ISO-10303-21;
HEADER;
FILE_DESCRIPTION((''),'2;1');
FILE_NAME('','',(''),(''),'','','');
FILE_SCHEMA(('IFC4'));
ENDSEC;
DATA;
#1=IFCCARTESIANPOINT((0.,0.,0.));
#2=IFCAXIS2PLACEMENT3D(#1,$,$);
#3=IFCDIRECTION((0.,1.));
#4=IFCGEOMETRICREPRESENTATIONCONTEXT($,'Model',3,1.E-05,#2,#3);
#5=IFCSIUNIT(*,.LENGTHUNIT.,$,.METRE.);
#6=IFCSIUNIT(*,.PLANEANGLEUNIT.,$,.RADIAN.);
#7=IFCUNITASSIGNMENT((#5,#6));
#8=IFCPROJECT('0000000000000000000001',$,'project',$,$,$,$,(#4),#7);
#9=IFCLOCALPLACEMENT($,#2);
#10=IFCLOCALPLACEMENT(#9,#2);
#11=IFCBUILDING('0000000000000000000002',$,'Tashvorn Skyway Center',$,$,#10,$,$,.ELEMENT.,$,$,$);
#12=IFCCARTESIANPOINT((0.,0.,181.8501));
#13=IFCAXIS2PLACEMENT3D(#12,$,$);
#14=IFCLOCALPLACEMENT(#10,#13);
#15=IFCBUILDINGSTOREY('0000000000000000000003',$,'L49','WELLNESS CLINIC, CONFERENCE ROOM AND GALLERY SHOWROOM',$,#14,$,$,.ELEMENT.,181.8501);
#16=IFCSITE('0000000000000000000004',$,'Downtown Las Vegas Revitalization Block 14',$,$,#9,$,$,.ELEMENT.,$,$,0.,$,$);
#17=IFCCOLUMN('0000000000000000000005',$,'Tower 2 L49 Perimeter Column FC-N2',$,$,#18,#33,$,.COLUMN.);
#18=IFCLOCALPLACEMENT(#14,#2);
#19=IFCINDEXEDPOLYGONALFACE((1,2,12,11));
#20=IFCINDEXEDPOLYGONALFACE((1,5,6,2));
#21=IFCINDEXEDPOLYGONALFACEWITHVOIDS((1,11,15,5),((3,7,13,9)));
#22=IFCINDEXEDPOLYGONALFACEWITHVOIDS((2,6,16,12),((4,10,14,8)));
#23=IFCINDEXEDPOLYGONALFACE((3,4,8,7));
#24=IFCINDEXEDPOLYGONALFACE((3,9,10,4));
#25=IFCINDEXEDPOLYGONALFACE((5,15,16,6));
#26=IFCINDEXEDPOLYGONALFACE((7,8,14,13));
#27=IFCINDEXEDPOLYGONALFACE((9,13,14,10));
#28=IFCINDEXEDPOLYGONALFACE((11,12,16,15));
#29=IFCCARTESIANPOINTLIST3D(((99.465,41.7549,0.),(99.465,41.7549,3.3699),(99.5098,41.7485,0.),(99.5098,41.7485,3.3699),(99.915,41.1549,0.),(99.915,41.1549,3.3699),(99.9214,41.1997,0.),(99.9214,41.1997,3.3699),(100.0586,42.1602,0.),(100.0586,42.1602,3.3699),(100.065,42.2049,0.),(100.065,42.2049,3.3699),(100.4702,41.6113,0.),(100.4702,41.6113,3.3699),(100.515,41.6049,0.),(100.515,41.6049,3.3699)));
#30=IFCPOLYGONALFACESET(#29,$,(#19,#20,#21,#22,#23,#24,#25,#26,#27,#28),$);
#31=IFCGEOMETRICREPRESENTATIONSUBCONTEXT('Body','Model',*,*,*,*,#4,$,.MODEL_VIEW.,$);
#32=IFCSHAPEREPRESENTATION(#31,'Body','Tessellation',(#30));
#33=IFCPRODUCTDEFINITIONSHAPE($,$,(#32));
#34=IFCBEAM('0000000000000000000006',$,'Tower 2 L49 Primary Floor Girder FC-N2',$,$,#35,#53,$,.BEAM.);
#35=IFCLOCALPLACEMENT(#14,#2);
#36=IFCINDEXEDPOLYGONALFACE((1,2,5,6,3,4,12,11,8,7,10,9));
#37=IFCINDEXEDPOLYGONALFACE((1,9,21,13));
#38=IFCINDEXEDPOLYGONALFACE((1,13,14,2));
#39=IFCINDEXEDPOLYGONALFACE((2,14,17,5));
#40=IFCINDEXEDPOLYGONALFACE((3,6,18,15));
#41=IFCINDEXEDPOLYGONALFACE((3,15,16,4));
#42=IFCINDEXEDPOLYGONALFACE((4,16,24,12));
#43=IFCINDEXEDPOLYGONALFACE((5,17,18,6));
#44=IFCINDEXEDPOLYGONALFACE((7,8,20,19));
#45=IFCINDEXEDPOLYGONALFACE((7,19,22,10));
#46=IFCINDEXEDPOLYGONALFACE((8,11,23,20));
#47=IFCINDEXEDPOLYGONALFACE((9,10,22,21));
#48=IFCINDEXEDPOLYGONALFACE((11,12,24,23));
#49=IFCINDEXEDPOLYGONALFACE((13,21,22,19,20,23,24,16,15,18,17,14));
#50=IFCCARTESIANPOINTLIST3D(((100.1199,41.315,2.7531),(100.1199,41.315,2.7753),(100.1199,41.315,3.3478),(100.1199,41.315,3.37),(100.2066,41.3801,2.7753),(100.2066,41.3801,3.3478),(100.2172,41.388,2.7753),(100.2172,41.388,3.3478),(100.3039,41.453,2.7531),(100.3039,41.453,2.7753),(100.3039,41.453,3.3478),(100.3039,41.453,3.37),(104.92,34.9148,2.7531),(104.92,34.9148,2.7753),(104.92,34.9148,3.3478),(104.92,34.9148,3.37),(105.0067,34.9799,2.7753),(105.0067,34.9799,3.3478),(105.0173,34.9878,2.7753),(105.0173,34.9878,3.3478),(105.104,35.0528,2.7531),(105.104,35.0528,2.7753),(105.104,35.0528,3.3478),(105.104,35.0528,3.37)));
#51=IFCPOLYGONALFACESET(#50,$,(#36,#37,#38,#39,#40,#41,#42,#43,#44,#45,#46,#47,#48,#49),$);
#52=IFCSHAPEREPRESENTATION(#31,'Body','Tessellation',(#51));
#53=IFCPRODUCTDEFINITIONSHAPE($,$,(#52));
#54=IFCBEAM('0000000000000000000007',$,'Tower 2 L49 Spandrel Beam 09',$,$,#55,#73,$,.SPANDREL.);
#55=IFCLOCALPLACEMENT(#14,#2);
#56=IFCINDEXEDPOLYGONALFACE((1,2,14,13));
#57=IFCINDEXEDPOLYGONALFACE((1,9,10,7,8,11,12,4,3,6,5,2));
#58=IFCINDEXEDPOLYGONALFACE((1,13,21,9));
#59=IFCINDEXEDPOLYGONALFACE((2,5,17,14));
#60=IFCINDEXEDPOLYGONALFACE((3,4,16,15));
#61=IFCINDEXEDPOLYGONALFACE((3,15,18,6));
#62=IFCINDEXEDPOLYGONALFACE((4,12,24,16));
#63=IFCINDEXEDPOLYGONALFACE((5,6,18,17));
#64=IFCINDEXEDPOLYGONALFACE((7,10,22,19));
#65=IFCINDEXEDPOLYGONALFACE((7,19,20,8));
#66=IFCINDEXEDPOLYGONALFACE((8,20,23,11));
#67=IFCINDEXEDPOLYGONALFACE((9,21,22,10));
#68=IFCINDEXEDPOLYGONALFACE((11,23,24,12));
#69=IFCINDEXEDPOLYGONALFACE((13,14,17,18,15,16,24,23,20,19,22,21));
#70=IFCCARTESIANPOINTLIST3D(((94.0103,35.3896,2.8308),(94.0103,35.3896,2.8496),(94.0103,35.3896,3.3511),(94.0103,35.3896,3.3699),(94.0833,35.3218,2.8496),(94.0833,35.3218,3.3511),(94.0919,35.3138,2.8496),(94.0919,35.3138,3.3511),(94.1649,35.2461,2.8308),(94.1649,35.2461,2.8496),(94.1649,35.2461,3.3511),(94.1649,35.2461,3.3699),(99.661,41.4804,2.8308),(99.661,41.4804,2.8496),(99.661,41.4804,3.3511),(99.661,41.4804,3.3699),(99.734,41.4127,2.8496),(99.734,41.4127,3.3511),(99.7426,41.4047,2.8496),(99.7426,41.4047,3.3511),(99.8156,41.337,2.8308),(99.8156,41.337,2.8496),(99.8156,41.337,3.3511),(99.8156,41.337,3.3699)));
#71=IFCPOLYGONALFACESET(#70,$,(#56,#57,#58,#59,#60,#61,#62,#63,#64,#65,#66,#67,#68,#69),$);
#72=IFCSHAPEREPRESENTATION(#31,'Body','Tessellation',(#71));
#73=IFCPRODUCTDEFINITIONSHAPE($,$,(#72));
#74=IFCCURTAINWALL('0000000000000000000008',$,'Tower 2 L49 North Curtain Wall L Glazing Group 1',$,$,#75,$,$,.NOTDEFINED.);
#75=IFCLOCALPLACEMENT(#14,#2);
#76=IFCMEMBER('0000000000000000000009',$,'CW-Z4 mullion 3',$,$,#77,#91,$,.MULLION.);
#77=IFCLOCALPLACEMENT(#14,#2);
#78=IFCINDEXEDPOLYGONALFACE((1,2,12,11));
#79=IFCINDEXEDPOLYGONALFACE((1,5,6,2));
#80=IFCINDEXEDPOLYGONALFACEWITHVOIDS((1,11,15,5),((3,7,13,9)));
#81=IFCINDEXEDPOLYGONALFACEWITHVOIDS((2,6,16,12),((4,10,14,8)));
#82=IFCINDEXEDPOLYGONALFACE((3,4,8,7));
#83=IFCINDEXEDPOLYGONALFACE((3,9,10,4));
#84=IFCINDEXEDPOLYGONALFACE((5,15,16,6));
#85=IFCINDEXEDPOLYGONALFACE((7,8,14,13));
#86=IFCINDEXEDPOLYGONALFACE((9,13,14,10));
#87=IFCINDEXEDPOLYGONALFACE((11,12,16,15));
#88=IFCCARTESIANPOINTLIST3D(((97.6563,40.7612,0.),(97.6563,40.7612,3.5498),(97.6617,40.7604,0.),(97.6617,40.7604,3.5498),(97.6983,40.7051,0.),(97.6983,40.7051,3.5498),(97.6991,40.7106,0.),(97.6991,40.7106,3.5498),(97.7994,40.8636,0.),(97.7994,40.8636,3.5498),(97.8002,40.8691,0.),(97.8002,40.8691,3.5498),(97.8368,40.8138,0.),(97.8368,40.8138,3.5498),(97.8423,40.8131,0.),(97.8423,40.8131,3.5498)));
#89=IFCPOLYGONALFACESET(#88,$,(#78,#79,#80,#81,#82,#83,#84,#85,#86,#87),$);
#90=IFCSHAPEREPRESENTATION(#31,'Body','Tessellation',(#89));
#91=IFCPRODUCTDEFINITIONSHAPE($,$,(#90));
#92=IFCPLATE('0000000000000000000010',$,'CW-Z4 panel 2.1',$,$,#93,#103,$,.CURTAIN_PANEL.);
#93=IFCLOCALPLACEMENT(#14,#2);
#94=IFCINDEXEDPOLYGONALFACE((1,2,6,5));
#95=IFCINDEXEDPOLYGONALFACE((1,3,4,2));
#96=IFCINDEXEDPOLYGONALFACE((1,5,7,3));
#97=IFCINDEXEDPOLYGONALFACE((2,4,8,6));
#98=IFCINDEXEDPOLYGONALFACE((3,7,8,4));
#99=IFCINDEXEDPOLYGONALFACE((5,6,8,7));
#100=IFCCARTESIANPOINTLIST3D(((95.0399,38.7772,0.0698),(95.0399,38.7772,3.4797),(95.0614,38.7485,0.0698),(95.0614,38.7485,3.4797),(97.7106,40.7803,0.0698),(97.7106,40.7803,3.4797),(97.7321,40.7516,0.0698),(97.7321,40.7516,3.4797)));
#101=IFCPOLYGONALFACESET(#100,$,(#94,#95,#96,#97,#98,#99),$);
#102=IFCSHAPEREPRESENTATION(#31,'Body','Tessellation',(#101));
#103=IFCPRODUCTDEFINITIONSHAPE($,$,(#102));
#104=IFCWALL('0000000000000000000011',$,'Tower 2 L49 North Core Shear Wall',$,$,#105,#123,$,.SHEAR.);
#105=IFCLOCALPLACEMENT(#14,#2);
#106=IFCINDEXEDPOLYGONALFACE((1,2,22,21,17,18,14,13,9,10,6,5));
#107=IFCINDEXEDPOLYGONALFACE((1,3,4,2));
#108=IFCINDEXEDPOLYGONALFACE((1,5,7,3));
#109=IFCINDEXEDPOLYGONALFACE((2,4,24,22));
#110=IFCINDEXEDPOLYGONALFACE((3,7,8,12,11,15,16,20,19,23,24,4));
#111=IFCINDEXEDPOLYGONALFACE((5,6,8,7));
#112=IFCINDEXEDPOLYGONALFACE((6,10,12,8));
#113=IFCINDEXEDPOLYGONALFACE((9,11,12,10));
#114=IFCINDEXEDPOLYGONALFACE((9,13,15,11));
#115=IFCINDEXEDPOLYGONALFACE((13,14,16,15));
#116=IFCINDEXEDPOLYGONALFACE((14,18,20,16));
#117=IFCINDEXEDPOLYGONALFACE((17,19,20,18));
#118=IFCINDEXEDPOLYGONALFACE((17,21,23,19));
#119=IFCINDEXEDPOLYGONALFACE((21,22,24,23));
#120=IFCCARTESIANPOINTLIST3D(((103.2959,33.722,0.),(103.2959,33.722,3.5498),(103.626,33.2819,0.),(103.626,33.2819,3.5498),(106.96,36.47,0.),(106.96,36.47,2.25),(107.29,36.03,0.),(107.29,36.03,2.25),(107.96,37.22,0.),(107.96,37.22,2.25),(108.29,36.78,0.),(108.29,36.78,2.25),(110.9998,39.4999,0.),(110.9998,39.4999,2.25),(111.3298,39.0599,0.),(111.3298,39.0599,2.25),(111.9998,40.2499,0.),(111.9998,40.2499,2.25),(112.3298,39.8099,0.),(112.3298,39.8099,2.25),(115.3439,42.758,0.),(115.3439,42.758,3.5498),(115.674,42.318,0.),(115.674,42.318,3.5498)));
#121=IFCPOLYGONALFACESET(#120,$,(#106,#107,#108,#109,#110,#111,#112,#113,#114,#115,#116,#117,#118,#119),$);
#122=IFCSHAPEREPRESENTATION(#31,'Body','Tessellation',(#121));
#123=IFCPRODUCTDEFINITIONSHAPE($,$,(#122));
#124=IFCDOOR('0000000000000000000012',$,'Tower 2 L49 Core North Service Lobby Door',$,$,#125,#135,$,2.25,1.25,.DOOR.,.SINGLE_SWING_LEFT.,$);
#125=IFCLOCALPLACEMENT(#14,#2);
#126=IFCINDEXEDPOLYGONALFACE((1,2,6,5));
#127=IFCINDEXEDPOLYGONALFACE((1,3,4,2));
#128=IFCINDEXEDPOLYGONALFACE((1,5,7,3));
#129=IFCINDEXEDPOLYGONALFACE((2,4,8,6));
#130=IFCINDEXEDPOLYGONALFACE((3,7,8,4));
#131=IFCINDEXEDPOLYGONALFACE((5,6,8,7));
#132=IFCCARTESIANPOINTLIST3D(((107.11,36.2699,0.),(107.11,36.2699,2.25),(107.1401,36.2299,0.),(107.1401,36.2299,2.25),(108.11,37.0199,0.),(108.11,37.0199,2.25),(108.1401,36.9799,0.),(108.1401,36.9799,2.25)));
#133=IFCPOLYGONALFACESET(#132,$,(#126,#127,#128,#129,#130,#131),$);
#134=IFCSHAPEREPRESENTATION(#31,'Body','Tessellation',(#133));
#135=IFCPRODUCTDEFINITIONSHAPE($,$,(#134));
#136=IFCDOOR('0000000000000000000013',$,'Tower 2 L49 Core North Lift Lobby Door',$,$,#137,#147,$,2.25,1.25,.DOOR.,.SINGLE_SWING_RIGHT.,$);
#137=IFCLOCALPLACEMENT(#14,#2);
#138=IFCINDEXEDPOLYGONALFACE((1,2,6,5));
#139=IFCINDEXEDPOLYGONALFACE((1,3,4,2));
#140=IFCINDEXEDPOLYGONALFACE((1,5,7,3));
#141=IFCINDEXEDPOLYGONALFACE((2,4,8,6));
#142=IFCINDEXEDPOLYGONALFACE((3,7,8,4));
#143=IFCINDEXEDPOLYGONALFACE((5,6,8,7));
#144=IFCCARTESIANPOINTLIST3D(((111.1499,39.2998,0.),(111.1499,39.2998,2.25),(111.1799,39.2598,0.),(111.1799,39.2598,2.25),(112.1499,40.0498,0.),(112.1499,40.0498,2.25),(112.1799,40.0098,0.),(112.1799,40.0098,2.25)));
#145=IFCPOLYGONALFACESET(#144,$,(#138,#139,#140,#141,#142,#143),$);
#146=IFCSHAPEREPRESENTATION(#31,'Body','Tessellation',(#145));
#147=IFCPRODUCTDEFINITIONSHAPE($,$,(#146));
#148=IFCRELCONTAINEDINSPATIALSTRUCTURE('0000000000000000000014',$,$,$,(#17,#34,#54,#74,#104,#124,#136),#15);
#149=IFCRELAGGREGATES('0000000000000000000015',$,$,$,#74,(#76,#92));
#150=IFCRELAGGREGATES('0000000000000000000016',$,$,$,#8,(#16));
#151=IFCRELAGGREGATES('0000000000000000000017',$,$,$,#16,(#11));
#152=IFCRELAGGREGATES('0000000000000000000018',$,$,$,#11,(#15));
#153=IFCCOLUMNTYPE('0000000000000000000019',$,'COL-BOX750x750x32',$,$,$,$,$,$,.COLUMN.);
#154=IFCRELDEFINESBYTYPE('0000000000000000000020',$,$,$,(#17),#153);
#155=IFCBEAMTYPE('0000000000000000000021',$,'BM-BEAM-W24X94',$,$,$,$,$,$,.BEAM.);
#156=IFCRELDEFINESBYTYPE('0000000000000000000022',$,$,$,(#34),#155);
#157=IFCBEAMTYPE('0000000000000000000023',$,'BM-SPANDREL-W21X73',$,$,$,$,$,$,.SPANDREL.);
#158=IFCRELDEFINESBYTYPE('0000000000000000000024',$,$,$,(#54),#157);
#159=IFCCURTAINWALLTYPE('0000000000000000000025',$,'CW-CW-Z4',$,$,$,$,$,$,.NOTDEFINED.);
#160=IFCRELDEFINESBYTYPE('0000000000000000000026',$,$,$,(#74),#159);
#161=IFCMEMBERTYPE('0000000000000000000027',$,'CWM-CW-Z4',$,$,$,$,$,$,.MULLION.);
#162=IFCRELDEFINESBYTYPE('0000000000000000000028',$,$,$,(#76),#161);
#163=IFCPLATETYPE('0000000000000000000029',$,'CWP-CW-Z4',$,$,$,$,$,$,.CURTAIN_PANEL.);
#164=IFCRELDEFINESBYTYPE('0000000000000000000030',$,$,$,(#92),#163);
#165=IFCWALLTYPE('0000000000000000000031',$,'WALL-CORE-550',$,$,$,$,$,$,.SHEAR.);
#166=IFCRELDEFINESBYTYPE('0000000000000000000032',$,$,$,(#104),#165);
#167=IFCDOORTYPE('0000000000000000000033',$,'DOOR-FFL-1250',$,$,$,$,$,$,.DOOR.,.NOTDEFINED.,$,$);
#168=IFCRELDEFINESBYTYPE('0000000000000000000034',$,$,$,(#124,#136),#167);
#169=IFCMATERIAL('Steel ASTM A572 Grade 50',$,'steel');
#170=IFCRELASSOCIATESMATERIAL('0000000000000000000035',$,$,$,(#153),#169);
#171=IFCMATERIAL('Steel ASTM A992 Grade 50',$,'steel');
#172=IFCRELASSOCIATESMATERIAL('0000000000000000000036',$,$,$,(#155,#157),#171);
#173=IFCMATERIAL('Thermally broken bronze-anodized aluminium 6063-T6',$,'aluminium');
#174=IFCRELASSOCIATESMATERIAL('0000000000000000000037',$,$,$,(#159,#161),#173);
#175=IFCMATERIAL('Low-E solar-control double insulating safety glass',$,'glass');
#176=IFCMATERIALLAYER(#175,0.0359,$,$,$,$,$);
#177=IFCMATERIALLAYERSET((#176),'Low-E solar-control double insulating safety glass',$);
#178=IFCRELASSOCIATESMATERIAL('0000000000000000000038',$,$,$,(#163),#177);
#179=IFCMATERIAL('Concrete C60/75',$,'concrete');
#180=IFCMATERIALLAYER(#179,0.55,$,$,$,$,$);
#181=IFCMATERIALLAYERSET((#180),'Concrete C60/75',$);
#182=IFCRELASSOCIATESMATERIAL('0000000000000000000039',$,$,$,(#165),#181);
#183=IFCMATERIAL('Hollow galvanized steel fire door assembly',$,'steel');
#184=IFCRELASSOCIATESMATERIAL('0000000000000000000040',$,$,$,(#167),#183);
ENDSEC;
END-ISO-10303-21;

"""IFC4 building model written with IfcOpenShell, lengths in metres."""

from ifc_helpers import new_model, si_unit, direction, frame, frame_2d, origin, origin_2d, place, context, subcontext, project, spatial, rectangle, hollow_rectangle, i_section, extrude, material, layer, layer_set, material_profile, profile_set, type_object, element, fill, aggregate, save


model = new_model("IFC4")

# Units and contexts
model_context = context("Model", 3, precision=1e-05, world=origin(), true_north=direction((0.0, 1.0)))
body_context = subcontext(model_context, "Body", "Model", "MODEL_VIEW")
ifc_project = project(units=[si_unit("LENGTHUNIT", "METRE"), si_unit("PLANEANGLEUNIT", "RADIAN")], contexts=[model_context])

# Site, building, storey
site_placement = place(None, origin())
site = spatial("IfcSite", under=ifc_project, at=site_placement, Name="Downtown Las Vegas Revitalization Block 14", CompositionType="ELEMENT", RefElevation=0.0)
building_placement = place(site_placement, origin())
building = spatial("IfcBuilding", under=site, at=building_placement, Name="Tashvorn Skyway Center", CompositionType="ELEMENT")
storey_placement = place(building_placement, frame((0.0, 0.0, 181.8501)))
storey = spatial("IfcBuildingStorey", under=building, at=storey_placement, Name="L49", Description="WELLNESS CLINIC, CONFERENCE ROOM AND GALLERY SHOWROOM", CompositionType="ELEMENT", Elevation=181.8501)

# Column
ifc_material_1 = material(Name="Steel ASTM A572 Grade 50", Category="steel")
ifc_material_profile_1 = material_profile(ifc_material_1, hollow_rectangle(XDim=0.75, YDim=0.75, WallThickness=0.032, at=origin_2d()), Name="BOX750x750x32")
ifc_profile_set_1 = profile_set([ifc_material_profile_1], Name="Steel ASTM A572 Grade 50")
column_type = type_object("IfcColumnType", Name="COL-BOX750x750x32", PredefinedType="COLUMN", material=ifc_profile_set_1)
column_placement = place(storey_placement, frame((99.99, 41.6799, 0.0), z_axis=(0.0, 0.0, 1.0), x_axis=(0.8, 0.6, 0.0)))
element("IfcColumn", 1, at=column_placement, inside=storey, type_object=column_type, Name="Tower 2 L49 Perimeter Column FC-N2", PredefinedType="COLUMN", context=body_context, shape_type="SweptSolid", body=[
    extrude(hollow_rectangle(XDim=0.75, YDim=0.75, WallThickness=0.032, at=origin_2d()), origin(), (0.0, 0.0, 1.0), 3.3699),
])

# Beams
ifc_material_2 = material(Name="Steel ASTM A992 Grade 50", Category="steel")
ifc_material_profile_2 = material_profile(ifc_material_2, i_section(OverallWidth=0.23, OverallDepth=0.6169, WebThickness=0.0132, FlangeThickness=0.0222, at=origin_2d()), Name="W24X94")
ifc_profile_set_2 = profile_set([ifc_material_profile_2], Name="Steel ASTM A992 Grade 50")
beam_type_1 = type_object("IfcBeamType", Name="BM-BEAM-W24X94", PredefinedType="BEAM", material=ifc_profile_set_2)
beam_1_placement = place(storey_placement, frame((100.2119, 41.384, 3.0615), z_axis=(0.599995, -0.800004, 0.0), x_axis=(0.800004, 0.599995, 0.0)))
element("IfcBeam", 2, at=beam_1_placement, inside=storey, type_object=beam_type_1, Name="Tower 2 L49 Primary Floor Girder FC-N2", PredefinedType="BEAM", context=body_context, shape_type="SweptSolid", body=[
    extrude(i_section(OverallWidth=0.23, OverallDepth=0.6169, WebThickness=0.0132, FlangeThickness=0.0222, at=origin_2d()), origin(), (0.0, 0.0, 1.0), 8.0002),
])
ifc_material_profile_3 = material_profile(ifc_material_2, i_section(OverallWidth=0.2109, OverallDepth=0.5391, WebThickness=0.0117, FlangeThickness=0.0188, at=origin_2d()), Name="W21X73")
ifc_profile_set_3 = profile_set([ifc_material_profile_3], Name="Steel ASTM A992 Grade 50")
beam_type_2 = type_object("IfcBeamType", Name="BM-SPANDREL-W21X73", PredefinedType="SPANDREL", material=ifc_profile_set_3)
beam_2_placement = place(storey_placement, frame((99.7383, 41.4087, 3.1003), z_axis=(-0.68012, -0.733101, 0.0), x_axis=(0.733101, -0.68012, 0.0)))
element("IfcBeam", 3, at=beam_2_placement, inside=storey, type_object=beam_type_2, Name="Tower 2 L49 Spandrel Beam 09", PredefinedType="SPANDREL", context=body_context, shape_type="SweptSolid", body=[
    extrude(i_section(OverallWidth=0.2109, OverallDepth=0.5391, WebThickness=0.0117, FlangeThickness=0.0188, at=origin_2d()), origin(), (0.0, 0.0, 1.0), 8.3083),
])

# Curtain wall, member, plate
ifc_material_3 = material(Name="Thermally broken bronze-anodized aluminium 6063-T6", Category="aluminium")
curtain_wall_type = type_object("IfcCurtainWallType", Name="CW-CW-Z4", PredefinedType="NOTDEFINED", material=ifc_material_3)
curtain_wall_placement = place(storey_placement, origin())
curtain_wall = element("IfcCurtainWall", 4, at=curtain_wall_placement, inside=storey, type_object=curtain_wall_type, Name="Tower 2 L49 North Curtain Wall L Glazing Group 1", PredefinedType="NOTDEFINED")
ifc_material_profile_4 = material_profile(ifc_material_3, hollow_rectangle(XDim=0.0701, YDim=0.1799, WallThickness=0.0039, at=origin_2d()), Name="ALU-MULL-70x180")
ifc_profile_set_4 = profile_set([ifc_material_profile_4], Name="Thermally broken bronze-anodized aluminium 6063-T6")
member_type = type_object("IfcMemberType", Name="CWM-CW-Z4", PredefinedType="MULLION", material=ifc_profile_set_4)
member_placement = place(storey_placement, frame((97.7493, 40.7871, 0.0), z_axis=(0.0, 0.0, 1.0), x_axis=(-0.600002, 0.799998, 0.0)))
member = element("IfcMember", 5, at=member_placement, type_object=member_type, Name="CW-Z4 mullion 3", PredefinedType="MULLION", context=body_context, shape_type="SweptSolid", body=[
    extrude(hollow_rectangle(XDim=0.0701, YDim=0.1799, WallThickness=0.0039, at=origin_2d()), origin(), (0.0, 0.0, 1.0), 3.5498),
])
ifc_material_4 = material(Name="Low-E solar-control double insulating safety glass", Category="glass")
ifc_layer_1 = layer(ifc_material_4, 0.0359)
ifc_layer_set_1 = layer_set([ifc_layer_1], Name="Low-E solar-control double insulating safety glass")
plate_type = type_object("IfcPlateType", Name="CWP-CW-Z4", PredefinedType="CURTAIN_PANEL", material=ifc_layer_set_1)
plate_placement = place(storey_placement, frame((96.386, 39.7644, 0.0698), z_axis=(0.0, 0.0, 1.0), x_axis=(0.799998, 0.600002, 0.0)))
plate = element("IfcPlate", 6, at=plate_placement, type_object=plate_type, Name="CW-Z4 panel 2.1", PredefinedType="CURTAIN_PANEL", context=body_context, shape_type="SweptSolid", body=[
    extrude(rectangle(XDim=3.3384, YDim=0.0359, at=origin_2d()), origin(), (0.0, 0.0, 1.0), 3.4099),
])
aggregate(curtain_wall, [member, plate])

# Wall, openings, doors
ifc_material_5 = material(Name="Concrete C60/75", Category="concrete")
ifc_layer_2 = layer(ifc_material_5, 0.55)
ifc_layer_set_2 = layer_set([ifc_layer_2], Name="Concrete C60/75")
wall_type_1 = type_object("IfcWallType", Name="WALL-CORE-550", PredefinedType="SHEAR", material=ifc_layer_set_2)
wall_1_placement = place(storey_placement, frame((103.4609, 33.502, 0.0), z_axis=(0.0, 0.0, 1.0), x_axis=(0.799998, 0.600003, 0.0)))
wall_1 = element("IfcWall", 7, at=wall_1_placement, inside=storey, type_object=wall_type_1, Name="Tower 2 L49 North Core Shear Wall", PredefinedType="SHEAR", context=body_context, shape_type="SweptSolid", body=[
    extrude(rectangle(XDim=15.0601, YDim=0.55, at=frame_2d((7.53, 0.0))), origin(), (0.0, 0.0, 1.0), 3.5498),
])
opening_1_placement = place(wall_1_placement, frame((4.5801, 0.0, 0.0)))
opening_1 = element("IfcOpeningElement", 8, at=opening_1_placement, cuts=wall_1, PredefinedType="OPENING", context=body_context, shape_type="SweptSolid", body=[
    extrude(rectangle(XDim=1.25, YDim=2.25, at=frame_2d((0.625, 1.125))), frame((0.0, 0.2849, 0.0), z_axis=(0.0, -1.0, 0.0), x_axis=(1.0, 0.0, 0.0)), (0.0, 0.0, 1.0), 0.5701),
])
opening_2_placement = place(wall_1_placement, frame((9.6299, 0.0, 0.0)))
opening_2 = element("IfcOpeningElement", 9, at=opening_2_placement, cuts=wall_1, PredefinedType="OPENING", context=body_context, shape_type="SweptSolid", body=[
    extrude(rectangle(XDim=1.25, YDim=2.25, at=frame_2d((0.625, 1.125))), frame((0.0, 0.2849, 0.0), z_axis=(0.0, -1.0, 0.0), x_axis=(1.0, 0.0, 0.0)), (0.0, 0.0, 1.0), 0.5701),
])
ifc_material_6 = material(Name="Hollow galvanized steel fire door assembly", Category="steel")
door_type_1 = type_object("IfcDoorType", Name="DOOR-FFL-1250", OperationType="NOTDEFINED", PredefinedType="DOOR", material=ifc_material_6)
door_1_placement = place(opening_1_placement, origin())
door_1 = element("IfcDoor", 10, at=door_1_placement, inside=storey, type_object=door_type_1, Name="Tower 2 L49 Core North Service Lobby Door", OperationType="SINGLE_SWING_LEFT", OverallHeight=2.25, OverallWidth=1.25, PredefinedType="DOOR", context=body_context, shape_type="SweptSolid", body=[
    extrude(rectangle(XDim=1.25, YDim=2.25, at=frame_2d((0.625, 1.125))), frame((0.0, 0.0249, 0.0), z_axis=(0.0, -1.0, 0.0), x_axis=(1.0, 0.0, 0.0)), (0.0, 0.0, 1.0), 0.05),
])
fill(opening_1, door_1)
door_2_placement = place(opening_2_placement, origin())
door_2 = element("IfcDoor", 11, at=door_2_placement, inside=storey, type_object=door_type_1, Name="Tower 2 L49 Core North Lift Lobby Door", OperationType="SINGLE_SWING_RIGHT", OverallHeight=2.25, OverallWidth=1.25, PredefinedType="DOOR", context=body_context, shape_type="SweptSolid", body=[
    extrude(rectangle(XDim=1.25, YDim=2.25, at=frame_2d((0.625, 1.125))), frame((0.0, 0.0249, 0.0), z_axis=(0.0, -1.0, 0.0), x_axis=(1.0, 0.0, 0.0)), (0.0, 0.0, 1.0), 0.05),
])
fill(opening_2, door_2)

save(model, "model.ifc")
